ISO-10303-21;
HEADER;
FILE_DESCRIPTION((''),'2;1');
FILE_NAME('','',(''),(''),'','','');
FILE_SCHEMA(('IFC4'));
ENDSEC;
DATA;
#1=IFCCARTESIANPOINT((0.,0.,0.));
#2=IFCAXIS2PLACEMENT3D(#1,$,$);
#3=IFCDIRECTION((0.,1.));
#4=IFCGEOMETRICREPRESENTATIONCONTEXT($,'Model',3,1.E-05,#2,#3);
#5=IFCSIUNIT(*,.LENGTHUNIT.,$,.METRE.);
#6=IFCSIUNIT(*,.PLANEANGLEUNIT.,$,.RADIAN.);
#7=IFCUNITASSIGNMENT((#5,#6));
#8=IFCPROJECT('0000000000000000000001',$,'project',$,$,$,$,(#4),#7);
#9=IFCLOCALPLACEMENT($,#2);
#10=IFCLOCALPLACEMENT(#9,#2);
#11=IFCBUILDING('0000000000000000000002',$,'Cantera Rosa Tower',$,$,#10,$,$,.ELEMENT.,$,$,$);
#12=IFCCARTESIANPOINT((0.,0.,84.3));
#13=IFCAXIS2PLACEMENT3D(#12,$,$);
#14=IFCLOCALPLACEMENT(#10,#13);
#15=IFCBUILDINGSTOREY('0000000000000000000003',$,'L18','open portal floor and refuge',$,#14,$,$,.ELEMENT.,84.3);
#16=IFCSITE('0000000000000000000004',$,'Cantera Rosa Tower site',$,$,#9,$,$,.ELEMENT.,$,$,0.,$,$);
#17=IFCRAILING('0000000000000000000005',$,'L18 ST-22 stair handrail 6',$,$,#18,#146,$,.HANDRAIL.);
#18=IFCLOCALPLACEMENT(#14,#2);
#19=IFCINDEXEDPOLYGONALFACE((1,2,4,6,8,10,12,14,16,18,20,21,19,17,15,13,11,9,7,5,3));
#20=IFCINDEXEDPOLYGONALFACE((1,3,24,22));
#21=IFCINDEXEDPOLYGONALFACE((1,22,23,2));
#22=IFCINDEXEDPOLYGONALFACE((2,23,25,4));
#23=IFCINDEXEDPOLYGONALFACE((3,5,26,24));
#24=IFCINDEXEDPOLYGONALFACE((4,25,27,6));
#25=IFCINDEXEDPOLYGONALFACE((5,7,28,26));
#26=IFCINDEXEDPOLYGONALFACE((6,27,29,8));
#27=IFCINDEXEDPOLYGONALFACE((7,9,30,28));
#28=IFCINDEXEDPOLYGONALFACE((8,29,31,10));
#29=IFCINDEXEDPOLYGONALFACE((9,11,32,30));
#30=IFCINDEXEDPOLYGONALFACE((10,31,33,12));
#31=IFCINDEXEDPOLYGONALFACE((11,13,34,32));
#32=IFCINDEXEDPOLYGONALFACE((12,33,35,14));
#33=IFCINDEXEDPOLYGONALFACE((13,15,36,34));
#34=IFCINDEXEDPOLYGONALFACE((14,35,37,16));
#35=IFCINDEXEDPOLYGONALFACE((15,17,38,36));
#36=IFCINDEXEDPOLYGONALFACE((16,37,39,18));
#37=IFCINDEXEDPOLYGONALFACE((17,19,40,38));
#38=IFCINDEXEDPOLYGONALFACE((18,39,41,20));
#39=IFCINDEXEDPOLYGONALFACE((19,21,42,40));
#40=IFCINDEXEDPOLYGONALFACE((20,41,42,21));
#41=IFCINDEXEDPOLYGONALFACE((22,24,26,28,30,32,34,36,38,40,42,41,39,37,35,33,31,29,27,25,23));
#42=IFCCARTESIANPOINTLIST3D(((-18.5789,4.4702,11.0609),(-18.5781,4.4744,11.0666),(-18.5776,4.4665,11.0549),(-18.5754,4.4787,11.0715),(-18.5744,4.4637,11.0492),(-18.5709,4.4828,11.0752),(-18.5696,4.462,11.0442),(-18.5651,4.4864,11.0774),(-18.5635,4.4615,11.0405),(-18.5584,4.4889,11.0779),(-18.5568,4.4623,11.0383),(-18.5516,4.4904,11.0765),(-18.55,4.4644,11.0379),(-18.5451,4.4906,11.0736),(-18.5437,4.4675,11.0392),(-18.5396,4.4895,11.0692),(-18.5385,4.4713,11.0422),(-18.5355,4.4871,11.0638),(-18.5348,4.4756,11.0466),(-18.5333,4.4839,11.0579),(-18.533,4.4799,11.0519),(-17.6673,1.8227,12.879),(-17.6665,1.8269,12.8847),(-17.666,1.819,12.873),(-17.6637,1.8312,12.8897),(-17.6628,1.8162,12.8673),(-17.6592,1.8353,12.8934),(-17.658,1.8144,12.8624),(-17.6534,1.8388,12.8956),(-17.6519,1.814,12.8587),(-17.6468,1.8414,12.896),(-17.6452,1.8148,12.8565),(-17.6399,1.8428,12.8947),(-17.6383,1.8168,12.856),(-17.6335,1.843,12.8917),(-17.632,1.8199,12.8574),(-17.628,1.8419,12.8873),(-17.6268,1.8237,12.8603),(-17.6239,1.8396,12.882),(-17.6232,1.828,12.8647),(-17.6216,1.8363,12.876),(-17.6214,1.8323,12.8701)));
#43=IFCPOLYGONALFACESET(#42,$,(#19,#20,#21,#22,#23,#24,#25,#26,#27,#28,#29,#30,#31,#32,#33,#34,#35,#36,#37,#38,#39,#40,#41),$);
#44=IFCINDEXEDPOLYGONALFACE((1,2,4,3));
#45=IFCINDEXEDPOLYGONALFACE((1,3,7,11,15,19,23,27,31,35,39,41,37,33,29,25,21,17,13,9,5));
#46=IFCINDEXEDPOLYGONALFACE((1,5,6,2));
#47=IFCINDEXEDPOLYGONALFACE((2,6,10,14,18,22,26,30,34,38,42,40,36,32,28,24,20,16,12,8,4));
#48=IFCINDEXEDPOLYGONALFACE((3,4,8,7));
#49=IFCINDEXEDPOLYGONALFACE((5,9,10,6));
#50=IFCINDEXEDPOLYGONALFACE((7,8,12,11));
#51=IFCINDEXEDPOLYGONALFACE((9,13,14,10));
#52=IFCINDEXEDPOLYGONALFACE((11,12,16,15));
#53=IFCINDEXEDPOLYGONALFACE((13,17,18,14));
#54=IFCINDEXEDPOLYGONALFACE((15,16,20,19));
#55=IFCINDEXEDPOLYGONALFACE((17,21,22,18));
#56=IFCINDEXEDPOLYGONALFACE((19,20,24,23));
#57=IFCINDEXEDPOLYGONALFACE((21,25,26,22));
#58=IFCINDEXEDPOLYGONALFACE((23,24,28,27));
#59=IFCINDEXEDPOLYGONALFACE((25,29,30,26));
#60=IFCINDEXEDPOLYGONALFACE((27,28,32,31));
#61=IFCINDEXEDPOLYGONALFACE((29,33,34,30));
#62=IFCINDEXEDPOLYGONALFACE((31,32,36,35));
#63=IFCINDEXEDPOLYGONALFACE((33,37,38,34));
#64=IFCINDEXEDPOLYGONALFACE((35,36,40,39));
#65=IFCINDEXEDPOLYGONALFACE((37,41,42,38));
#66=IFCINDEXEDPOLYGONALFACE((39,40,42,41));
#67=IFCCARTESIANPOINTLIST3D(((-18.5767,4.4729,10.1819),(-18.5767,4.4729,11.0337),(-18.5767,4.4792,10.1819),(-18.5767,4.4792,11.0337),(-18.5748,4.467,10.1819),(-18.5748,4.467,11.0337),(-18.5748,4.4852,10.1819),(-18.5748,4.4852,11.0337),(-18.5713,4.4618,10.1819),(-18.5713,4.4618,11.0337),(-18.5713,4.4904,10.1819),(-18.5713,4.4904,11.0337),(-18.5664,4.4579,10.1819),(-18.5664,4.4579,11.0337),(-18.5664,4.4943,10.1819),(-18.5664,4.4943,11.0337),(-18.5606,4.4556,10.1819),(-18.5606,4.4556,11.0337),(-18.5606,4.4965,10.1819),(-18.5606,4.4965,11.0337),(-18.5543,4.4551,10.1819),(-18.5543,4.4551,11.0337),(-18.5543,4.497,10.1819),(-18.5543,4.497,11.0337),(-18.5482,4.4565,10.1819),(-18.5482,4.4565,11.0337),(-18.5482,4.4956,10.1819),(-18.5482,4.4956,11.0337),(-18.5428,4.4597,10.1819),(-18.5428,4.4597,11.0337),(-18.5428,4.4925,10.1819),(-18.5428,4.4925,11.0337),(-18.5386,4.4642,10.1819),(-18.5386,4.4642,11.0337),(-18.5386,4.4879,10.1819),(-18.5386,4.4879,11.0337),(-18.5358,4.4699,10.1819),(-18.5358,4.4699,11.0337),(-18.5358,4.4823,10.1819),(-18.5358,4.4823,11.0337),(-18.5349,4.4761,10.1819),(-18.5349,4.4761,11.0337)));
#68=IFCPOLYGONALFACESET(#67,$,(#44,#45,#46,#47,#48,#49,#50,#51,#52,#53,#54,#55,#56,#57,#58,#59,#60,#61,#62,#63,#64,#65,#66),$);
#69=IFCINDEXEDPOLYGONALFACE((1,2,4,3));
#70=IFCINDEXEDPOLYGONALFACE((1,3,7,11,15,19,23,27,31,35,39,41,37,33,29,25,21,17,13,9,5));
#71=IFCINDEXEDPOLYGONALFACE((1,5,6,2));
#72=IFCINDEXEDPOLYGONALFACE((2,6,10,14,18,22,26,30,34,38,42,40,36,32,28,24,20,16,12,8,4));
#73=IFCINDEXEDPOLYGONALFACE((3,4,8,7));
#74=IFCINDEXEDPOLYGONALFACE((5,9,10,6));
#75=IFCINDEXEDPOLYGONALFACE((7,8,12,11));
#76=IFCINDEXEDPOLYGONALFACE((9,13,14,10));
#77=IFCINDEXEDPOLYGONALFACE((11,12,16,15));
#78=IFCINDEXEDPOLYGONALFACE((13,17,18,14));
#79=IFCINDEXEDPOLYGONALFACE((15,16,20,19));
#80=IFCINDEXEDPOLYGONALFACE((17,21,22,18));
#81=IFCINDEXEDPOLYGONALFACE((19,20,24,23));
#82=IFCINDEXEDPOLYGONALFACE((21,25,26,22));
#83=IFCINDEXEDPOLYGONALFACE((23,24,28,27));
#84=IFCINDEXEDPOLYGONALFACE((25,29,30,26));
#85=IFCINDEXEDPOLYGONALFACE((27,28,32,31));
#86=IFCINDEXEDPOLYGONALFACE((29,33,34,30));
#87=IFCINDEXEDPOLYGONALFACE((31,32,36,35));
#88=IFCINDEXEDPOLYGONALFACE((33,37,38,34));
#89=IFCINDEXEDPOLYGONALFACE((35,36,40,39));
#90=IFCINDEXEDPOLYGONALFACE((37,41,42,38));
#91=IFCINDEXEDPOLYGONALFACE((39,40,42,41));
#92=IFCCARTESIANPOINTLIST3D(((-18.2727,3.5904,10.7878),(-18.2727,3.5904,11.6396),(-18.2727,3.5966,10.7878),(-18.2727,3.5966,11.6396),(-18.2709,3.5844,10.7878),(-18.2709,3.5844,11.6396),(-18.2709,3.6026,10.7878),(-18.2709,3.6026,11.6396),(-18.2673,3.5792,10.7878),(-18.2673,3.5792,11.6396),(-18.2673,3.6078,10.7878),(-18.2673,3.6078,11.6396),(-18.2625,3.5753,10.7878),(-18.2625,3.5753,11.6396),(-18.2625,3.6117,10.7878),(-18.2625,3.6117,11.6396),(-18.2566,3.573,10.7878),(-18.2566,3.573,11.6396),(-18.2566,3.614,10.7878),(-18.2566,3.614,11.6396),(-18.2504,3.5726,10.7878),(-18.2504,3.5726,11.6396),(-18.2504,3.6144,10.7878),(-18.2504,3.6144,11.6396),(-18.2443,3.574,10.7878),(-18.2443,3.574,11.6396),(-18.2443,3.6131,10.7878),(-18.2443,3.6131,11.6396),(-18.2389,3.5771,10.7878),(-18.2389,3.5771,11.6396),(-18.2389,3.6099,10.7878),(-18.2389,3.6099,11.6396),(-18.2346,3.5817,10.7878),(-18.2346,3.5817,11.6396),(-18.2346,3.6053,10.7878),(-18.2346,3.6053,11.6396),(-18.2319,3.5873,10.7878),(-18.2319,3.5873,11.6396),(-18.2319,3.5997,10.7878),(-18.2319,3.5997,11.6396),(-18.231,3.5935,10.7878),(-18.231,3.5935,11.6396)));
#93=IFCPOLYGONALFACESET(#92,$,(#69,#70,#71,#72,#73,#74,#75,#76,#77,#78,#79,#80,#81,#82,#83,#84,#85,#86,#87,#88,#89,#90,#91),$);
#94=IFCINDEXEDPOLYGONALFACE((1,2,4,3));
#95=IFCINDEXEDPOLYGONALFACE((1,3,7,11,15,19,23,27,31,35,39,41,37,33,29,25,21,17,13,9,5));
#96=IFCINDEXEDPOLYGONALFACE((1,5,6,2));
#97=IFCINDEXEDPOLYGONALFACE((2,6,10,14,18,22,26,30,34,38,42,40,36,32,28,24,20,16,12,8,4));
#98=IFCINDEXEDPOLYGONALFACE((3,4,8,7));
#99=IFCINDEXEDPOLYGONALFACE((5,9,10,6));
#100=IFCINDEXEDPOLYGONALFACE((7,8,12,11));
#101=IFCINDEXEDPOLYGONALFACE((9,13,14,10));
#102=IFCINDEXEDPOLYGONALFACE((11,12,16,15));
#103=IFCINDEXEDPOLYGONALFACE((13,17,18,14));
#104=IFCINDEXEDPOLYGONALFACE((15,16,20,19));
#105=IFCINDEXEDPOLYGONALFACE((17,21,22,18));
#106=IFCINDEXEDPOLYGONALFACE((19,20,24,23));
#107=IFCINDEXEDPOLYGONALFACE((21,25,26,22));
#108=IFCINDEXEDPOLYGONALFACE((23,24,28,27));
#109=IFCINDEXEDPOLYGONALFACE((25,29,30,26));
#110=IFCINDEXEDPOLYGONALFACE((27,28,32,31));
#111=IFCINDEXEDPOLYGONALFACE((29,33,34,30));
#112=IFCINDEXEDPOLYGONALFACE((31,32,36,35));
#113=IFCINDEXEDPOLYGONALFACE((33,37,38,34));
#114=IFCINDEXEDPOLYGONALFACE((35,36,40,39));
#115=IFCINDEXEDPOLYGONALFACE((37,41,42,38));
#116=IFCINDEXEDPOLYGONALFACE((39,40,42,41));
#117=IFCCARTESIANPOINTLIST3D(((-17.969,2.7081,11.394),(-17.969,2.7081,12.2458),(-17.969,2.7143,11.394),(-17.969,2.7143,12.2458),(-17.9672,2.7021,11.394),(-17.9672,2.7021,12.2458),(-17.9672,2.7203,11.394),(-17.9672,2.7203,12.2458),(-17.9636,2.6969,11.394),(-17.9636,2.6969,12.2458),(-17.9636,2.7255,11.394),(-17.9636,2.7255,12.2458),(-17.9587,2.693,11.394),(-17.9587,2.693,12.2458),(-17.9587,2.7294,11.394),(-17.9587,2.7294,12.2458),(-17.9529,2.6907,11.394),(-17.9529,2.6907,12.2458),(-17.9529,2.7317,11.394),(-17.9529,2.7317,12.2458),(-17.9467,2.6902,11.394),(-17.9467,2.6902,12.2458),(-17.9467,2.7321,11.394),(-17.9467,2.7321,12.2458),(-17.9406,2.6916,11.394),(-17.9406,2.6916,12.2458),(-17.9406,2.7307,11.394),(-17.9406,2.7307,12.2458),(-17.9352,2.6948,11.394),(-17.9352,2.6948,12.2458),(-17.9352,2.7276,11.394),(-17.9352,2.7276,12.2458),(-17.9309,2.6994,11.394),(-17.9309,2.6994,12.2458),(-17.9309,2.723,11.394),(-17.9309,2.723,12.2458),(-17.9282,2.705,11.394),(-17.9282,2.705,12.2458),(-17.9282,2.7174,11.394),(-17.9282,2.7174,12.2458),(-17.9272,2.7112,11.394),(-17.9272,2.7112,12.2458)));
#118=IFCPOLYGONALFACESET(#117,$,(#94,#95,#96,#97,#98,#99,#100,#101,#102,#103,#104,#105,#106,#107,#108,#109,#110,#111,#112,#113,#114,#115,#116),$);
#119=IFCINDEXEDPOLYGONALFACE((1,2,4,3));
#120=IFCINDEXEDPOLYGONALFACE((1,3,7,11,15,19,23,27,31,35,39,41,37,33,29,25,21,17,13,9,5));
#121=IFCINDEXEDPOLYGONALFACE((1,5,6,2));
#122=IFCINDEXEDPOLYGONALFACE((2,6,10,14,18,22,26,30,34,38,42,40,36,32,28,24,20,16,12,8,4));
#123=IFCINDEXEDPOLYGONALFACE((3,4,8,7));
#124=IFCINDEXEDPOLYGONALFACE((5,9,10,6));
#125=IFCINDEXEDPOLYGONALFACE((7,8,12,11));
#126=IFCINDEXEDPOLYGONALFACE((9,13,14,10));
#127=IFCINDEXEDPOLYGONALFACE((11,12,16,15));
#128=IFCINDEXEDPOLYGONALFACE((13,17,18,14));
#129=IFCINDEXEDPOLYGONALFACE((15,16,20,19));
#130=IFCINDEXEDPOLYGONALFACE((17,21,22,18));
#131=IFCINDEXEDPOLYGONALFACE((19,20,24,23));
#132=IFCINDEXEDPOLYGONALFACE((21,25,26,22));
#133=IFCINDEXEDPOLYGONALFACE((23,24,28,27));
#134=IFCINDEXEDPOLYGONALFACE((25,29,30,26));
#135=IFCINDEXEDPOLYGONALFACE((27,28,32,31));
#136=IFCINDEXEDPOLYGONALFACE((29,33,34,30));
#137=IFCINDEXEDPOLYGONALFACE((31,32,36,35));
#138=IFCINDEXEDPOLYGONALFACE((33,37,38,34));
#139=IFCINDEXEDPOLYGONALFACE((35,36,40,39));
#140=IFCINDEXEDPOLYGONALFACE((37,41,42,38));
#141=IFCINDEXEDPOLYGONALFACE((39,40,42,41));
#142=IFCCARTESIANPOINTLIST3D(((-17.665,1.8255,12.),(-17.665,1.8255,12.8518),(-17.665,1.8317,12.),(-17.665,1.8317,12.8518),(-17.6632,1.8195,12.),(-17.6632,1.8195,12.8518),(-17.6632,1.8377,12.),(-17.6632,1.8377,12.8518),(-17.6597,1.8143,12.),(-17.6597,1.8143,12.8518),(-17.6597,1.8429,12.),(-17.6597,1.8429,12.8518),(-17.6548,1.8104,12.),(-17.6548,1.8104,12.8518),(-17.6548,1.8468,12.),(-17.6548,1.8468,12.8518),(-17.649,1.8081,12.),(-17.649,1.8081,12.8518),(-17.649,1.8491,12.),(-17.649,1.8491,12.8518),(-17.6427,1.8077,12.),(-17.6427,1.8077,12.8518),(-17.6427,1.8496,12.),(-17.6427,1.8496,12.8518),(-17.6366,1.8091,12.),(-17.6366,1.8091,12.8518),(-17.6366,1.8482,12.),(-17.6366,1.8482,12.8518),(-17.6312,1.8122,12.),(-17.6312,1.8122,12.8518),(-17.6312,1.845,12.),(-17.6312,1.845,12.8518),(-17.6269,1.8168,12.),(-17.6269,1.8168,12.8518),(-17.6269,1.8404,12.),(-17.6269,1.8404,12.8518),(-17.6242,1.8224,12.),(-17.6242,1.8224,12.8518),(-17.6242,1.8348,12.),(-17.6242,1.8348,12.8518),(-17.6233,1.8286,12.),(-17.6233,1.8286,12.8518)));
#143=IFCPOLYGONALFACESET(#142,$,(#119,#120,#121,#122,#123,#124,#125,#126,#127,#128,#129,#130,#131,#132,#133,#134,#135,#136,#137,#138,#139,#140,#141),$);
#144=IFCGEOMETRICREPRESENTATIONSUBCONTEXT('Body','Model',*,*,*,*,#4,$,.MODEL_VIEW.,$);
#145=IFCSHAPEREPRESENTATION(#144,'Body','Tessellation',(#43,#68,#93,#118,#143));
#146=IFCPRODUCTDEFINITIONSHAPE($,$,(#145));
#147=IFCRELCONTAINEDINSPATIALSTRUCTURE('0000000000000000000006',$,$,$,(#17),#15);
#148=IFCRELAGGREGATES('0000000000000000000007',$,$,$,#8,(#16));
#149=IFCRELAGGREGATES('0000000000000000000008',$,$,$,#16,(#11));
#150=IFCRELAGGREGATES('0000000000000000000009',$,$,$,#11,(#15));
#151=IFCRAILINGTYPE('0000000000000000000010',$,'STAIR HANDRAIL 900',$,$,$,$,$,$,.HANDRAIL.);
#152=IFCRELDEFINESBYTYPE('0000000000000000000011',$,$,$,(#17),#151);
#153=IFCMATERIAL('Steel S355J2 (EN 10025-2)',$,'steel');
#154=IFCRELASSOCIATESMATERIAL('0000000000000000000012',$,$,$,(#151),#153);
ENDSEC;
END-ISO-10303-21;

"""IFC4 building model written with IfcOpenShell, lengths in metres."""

from ifc_helpers import new_model, si_unit, direction, frame, origin, origin_2d, place, context, subcontext, project, spatial, circle, extrude, material, type_object, element, save


model = new_model("IFC4")

# Units and contexts
model_context = context("Model", 3, precision=1e-05, world=origin(), true_north=direction((0.0, 1.0)))
body_context = subcontext(model_context, "Body", "Model", "MODEL_VIEW")
ifc_project = project(units=[si_unit("LENGTHUNIT", "METRE"), si_unit("PLANEANGLEUNIT", "RADIAN")], contexts=[model_context])

# Site, building, storey
site_placement = place(None, origin())
site = spatial("IfcSite", under=ifc_project, at=site_placement, Name="Cantera Rosa Tower site", CompositionType="ELEMENT", RefElevation=0.0)
building_placement = place(site_placement, origin())
building = spatial("IfcBuilding", under=site, at=building_placement, Name="Cantera Rosa Tower", CompositionType="ELEMENT")
storey_placement = place(building_placement, frame((0.0, 0.0, 84.3)))
storey = spatial("IfcBuildingStorey", under=building, at=storey_placement, Name="L18", Description="open portal floor and refuge", CompositionType="ELEMENT", Elevation=84.3)

# Railing
ifc_material_1 = material(Name="Steel S355J2 (EN 10025-2)", Category="steel")
railing_type_1 = type_object("IfcRailingType", Name="STAIR HANDRAIL 900", PredefinedType="HANDRAIL", material=ifc_material_1)
for number, where, name in (
    (1, (-18.5559, 4.4761, 10.1819), "L18 ST-22 stair handrail 6"),
):
    element("IfcRailing", number, at=place(storey_placement, frame(where)), inside=storey, type_object=railing_type_1, Name=name, PredefinedType="HANDRAIL", context=body_context, shape_type="SweptSolid", body=[
        extrude(circle(Radius=0.0239, at=origin_2d()), frame((0.0, 0.0, 0.876), z_axis=(0.273062, -0.793007, 0.544589), x_axis=(0.945516, 0.325577, 0.0)), (0.0, 0.0, 1.0), 3.3386),
        extrude(circle(Radius=0.021, at=origin_2d()), origin(), (0.0, 0.0, 1.0), 0.8518),
        extrude(circle(Radius=0.021, at=origin_2d()), frame((0.304, -0.8826, 0.606)), (0.0, 0.0, 1.0), 0.8518),
        extrude(circle(Radius=0.021, at=origin_2d()), frame((0.6077, -1.7649, 1.2122)), (0.0, 0.0, 1.0), 0.8518),
        extrude(circle(Radius=0.021, at=origin_2d()), frame((0.9116, -2.6475, 1.8181)), (0.0, 0.0, 1.0), 0.8518),
    ])

save(model, "model.ifc")
